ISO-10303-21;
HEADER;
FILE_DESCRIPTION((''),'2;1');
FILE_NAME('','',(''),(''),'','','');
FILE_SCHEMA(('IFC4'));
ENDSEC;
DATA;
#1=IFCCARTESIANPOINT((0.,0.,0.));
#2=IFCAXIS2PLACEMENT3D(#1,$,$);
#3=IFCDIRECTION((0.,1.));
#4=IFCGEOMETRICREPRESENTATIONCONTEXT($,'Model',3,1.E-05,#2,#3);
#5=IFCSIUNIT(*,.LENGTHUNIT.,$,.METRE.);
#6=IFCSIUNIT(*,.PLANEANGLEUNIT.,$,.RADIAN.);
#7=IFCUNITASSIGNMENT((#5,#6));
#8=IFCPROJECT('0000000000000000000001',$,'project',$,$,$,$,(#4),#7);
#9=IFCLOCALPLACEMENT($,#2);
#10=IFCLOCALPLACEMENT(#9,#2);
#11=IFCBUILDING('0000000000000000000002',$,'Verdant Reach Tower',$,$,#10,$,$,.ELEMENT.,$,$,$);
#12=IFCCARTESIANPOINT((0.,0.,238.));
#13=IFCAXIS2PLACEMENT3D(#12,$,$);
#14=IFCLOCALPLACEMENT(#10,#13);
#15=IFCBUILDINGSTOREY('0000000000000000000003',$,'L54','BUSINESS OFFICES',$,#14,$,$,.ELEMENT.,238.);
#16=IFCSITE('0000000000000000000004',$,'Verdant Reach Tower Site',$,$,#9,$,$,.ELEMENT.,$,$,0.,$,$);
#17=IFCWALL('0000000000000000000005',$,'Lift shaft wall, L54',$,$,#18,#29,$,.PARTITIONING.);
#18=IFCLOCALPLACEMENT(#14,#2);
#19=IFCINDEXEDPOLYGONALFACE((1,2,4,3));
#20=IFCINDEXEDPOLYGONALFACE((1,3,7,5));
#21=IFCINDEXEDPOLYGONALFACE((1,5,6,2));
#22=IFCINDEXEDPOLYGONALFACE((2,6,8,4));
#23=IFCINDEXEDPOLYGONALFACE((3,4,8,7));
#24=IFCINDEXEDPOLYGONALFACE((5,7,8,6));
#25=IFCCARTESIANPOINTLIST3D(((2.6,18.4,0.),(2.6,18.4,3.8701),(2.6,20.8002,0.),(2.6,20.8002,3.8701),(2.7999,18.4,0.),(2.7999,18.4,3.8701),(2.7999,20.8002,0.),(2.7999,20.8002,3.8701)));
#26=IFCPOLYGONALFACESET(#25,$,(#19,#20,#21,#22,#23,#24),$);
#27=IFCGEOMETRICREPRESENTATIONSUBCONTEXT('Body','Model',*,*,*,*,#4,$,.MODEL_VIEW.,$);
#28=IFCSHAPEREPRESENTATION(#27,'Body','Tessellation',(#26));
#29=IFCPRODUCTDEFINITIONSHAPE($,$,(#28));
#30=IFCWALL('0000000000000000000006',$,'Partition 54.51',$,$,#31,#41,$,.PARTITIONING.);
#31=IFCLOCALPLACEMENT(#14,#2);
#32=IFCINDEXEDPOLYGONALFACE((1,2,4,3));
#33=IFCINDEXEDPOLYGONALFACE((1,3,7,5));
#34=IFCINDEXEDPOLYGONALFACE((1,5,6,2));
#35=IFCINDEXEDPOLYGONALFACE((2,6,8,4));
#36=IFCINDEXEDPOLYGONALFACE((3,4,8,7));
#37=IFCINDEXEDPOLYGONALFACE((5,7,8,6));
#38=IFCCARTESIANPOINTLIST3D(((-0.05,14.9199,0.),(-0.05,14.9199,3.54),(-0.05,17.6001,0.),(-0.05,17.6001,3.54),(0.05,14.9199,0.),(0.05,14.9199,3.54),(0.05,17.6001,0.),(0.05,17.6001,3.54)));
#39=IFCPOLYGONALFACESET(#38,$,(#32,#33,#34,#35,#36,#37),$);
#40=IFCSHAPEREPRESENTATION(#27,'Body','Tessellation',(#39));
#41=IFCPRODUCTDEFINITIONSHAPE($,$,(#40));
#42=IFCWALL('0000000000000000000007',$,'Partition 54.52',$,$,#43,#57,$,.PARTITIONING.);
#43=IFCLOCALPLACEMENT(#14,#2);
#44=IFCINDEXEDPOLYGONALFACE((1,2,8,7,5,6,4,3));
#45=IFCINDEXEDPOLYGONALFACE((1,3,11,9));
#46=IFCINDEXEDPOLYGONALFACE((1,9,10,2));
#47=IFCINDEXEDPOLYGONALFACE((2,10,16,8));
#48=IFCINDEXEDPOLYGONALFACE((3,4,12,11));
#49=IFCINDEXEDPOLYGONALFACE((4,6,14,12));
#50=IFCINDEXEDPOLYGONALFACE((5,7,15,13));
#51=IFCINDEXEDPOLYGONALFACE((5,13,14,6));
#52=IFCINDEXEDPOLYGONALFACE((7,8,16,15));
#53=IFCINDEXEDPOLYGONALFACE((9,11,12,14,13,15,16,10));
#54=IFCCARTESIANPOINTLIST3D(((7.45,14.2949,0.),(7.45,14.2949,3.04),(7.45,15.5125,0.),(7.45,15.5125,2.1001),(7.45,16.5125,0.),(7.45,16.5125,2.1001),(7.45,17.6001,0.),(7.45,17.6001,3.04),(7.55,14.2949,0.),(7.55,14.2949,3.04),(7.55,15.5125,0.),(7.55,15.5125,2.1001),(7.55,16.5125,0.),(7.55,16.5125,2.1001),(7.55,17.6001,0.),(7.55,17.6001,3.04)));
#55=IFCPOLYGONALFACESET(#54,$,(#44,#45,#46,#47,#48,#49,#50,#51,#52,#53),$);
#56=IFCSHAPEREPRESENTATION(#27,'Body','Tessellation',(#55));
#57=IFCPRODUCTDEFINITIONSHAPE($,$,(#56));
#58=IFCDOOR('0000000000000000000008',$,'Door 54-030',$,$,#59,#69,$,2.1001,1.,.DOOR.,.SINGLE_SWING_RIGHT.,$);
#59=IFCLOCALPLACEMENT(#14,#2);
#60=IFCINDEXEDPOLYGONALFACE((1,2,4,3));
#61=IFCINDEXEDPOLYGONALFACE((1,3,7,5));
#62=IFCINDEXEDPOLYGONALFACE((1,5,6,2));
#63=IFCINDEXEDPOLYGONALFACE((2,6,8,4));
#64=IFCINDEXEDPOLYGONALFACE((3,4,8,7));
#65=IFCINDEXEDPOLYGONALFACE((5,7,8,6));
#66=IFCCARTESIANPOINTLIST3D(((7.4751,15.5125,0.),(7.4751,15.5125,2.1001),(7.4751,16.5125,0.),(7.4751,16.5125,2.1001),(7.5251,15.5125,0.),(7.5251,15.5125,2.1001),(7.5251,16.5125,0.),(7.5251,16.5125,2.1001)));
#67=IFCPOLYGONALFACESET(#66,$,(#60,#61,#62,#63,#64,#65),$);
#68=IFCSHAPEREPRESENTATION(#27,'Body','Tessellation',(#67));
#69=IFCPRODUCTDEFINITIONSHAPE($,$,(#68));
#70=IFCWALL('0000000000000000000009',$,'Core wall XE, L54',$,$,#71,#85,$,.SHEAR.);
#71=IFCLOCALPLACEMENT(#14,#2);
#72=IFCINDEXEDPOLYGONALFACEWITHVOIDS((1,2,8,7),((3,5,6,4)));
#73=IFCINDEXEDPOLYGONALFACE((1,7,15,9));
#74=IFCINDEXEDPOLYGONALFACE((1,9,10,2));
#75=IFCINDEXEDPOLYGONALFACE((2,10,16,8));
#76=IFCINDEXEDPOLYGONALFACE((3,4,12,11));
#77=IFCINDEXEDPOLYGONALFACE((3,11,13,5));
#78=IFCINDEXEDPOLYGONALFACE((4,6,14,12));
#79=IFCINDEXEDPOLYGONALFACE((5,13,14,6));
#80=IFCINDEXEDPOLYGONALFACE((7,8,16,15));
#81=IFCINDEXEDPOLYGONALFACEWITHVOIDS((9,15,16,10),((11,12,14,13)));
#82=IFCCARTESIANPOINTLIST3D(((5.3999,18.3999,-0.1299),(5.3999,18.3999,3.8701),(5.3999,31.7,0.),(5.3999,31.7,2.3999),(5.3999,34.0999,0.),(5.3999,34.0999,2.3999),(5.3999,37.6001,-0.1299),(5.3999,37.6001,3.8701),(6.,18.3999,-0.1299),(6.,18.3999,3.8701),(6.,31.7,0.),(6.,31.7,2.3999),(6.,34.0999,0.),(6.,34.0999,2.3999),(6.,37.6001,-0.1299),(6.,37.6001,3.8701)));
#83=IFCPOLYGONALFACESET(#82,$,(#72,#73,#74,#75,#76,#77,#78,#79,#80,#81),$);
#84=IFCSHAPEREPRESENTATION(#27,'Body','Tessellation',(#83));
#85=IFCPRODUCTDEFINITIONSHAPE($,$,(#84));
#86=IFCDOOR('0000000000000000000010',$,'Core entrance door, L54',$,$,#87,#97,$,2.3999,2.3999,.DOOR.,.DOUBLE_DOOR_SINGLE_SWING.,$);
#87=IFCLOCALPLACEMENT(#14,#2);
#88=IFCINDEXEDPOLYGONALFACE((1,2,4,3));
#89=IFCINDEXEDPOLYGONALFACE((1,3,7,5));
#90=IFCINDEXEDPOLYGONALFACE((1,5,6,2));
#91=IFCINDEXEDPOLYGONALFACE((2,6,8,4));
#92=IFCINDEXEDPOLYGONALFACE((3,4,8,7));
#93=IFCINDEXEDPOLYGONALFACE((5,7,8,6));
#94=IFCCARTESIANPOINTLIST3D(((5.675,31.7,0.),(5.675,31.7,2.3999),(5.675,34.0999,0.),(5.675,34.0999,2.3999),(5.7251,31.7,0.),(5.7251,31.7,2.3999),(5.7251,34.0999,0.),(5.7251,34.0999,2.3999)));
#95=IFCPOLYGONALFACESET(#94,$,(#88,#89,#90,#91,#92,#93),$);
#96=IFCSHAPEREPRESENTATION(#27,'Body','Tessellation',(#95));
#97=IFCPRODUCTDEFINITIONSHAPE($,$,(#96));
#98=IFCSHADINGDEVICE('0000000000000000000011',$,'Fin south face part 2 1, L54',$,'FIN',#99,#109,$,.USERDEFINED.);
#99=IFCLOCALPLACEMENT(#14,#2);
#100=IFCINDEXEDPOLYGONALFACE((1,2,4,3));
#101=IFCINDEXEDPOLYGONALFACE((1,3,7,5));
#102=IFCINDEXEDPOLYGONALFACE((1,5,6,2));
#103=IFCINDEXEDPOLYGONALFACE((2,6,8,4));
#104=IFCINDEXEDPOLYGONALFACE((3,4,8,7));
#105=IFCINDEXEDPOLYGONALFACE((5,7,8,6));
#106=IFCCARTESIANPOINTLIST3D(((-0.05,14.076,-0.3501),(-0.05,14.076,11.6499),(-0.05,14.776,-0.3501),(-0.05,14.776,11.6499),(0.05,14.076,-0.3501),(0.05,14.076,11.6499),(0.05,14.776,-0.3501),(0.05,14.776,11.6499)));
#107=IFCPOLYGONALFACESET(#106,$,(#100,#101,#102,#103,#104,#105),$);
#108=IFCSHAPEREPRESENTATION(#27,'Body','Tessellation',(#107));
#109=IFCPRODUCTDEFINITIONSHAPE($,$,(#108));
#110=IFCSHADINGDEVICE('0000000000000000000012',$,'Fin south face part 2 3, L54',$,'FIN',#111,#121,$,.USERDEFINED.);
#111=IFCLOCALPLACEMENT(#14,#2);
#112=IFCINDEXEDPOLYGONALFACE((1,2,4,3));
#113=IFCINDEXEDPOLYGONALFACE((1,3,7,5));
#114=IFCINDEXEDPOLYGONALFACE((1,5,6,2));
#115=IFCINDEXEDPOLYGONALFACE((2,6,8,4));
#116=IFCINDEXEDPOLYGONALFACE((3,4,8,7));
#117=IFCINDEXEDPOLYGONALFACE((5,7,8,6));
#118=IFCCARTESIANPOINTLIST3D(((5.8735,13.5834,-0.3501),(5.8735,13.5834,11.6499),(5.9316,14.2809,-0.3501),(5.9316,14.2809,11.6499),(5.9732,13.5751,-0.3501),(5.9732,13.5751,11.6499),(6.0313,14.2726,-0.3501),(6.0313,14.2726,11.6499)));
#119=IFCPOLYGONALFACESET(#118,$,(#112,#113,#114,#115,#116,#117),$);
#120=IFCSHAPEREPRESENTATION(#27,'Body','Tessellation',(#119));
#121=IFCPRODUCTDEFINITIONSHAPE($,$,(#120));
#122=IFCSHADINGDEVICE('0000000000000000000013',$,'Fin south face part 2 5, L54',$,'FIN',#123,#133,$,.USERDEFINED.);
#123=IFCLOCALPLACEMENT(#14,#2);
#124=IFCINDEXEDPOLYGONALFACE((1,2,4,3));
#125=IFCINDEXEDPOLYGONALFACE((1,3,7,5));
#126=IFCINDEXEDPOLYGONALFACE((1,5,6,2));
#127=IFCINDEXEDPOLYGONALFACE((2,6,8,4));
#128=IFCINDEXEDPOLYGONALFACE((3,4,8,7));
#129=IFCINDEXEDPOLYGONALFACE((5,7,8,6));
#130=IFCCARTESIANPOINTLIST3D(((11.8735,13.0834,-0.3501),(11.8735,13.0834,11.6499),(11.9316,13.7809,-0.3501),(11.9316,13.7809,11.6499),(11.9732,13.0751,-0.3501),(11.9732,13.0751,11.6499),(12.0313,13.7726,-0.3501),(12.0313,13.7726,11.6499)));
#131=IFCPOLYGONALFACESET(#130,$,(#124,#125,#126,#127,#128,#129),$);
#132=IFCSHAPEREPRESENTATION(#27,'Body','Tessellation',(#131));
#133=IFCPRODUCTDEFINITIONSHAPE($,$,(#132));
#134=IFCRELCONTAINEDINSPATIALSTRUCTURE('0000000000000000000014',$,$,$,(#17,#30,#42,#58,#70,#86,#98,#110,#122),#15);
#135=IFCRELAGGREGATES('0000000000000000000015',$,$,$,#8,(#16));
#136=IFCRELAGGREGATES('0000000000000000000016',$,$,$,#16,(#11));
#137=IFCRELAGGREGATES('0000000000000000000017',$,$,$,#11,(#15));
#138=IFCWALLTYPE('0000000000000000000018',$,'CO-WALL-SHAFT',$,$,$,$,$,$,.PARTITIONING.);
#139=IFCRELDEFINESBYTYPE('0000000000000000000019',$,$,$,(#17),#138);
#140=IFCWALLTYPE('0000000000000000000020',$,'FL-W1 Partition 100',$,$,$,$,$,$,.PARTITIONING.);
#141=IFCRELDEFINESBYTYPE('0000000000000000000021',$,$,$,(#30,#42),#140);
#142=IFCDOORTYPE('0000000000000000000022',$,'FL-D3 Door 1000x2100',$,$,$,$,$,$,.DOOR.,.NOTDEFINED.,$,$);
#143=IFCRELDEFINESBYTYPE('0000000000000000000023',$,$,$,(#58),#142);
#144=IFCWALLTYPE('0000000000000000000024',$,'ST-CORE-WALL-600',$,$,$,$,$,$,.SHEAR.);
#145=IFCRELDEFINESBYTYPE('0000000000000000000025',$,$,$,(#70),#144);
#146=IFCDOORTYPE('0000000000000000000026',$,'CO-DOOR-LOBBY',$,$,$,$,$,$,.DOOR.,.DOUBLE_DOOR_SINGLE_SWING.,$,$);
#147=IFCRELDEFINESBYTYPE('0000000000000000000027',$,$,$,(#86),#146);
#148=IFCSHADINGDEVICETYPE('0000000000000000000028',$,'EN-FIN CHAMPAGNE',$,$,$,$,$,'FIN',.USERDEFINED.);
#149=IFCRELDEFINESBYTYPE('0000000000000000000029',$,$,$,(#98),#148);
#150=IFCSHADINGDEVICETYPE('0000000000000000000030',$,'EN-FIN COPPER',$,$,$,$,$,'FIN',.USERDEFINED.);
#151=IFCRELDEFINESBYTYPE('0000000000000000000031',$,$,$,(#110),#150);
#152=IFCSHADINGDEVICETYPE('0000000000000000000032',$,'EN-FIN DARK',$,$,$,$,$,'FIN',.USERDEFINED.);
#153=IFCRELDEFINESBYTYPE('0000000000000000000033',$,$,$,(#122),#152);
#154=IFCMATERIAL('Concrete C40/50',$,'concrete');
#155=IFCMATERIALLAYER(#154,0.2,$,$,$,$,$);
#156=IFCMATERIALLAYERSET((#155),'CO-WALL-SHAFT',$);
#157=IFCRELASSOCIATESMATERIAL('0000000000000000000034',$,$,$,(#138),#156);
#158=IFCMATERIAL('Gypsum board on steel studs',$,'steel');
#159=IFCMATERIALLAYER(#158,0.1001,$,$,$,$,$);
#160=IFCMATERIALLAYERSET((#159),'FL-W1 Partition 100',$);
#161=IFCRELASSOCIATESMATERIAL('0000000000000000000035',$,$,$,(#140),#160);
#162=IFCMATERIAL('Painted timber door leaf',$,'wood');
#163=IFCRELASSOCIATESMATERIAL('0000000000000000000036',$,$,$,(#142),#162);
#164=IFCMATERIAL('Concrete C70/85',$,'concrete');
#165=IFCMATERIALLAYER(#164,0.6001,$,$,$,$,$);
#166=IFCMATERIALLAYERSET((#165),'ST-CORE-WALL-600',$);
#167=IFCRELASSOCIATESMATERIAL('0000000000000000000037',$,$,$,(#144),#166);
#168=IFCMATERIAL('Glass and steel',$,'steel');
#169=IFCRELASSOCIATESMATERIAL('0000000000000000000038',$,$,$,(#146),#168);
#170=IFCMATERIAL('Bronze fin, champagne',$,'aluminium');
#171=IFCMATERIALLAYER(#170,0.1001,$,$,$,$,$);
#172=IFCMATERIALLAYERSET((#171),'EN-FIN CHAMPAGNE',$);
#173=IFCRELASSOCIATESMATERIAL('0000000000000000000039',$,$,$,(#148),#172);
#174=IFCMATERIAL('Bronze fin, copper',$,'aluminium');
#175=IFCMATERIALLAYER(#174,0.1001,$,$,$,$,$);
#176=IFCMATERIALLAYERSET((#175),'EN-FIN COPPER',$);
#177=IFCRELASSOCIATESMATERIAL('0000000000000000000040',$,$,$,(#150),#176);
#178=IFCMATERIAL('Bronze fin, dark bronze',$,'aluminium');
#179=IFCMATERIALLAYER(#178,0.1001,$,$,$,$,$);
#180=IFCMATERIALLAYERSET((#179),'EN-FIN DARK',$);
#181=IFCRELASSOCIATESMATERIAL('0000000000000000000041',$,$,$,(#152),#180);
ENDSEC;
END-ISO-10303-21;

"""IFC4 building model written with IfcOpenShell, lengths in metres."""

from ifc_helpers import new_model, si_unit, direction, frame, frame_2d, origin, origin_2d, place, context, subcontext, project, spatial, rectangle, extrude, material, layer, layer_set, type_object, element, fill, save


model = new_model("IFC4")

# Units and contexts
model_context = context("Model", 3, precision=1e-05, world=origin(), true_north=direction((0.0, 1.0)))
body_context = subcontext(model_context, "Body", "Model", "MODEL_VIEW")
ifc_project = project(units=[si_unit("LENGTHUNIT", "METRE"), si_unit("PLANEANGLEUNIT", "RADIAN")], contexts=[model_context])

# Site, building, storey
site_placement = place(None, origin())
site = spatial("IfcSite", under=ifc_project, at=site_placement, Name="Verdant Reach Tower Site", CompositionType="ELEMENT", RefElevation=0.0)
building_placement = place(site_placement, origin())
building = spatial("IfcBuilding", under=site, at=building_placement, Name="Verdant Reach Tower", CompositionType="ELEMENT")
storey_placement = place(building_placement, frame((0.0, 0.0, 238.0)))
storey = spatial("IfcBuildingStorey", under=building, at=storey_placement, Name="L54", Description="BUSINESS OFFICES", CompositionType="ELEMENT", Elevation=238.0)

# Shared definitions
ifc_material_1 = material(Name="Concrete C40/50", Category="concrete")

# Walls
ifc_layer_1 = layer(ifc_material_1, 0.2)
ifc_layer_set_1 = layer_set([ifc_layer_1], Name="CO-WALL-SHAFT")
wall_type_1 = type_object("IfcWallType", Name="CO-WALL-SHAFT", PredefinedType="PARTITIONING", material=ifc_layer_set_1)
for number, where, z_axis, x_axis, name in (
    (1, (2.7, 18.3999, 0.0), (0.0, 0.0, 1.0), (0.0, 1.0, 0.0), "Lift shaft wall, L54"),
):
    element("IfcWall", number, at=place(storey_placement, frame(where, z_axis=z_axis, x_axis=x_axis)), inside=storey, type_object=wall_type_1, Name=name, PredefinedType="PARTITIONING", context=body_context, shape_type="SweptSolid", body=[
        extrude(rectangle(XDim=2.4001, YDim=0.2, at=frame_2d((1.2002, 0.0))), origin(), (0.0, 0.0, 1.0), 3.8701),
    ])
ifc_material_2 = material(Name="Gypsum board on steel studs", Category="steel")
ifc_layer_2 = layer(ifc_material_2, 0.1001)
ifc_layer_set_2 = layer_set([ifc_layer_2], Name="FL-W1 Partition 100")
wall_type_2 = type_object("IfcWallType", Name="FL-W1 Partition 100", PredefinedType="PARTITIONING", material=ifc_layer_set_2)
wall_1_placement = place(storey_placement, frame((0.0, 14.9199, 0.0), z_axis=(0.0, 0.0, 1.0), x_axis=(0.0, 1.0, 0.0)))
element("IfcWall", 2, at=wall_1_placement, inside=storey, type_object=wall_type_2, Name="Partition 54.51", PredefinedType="PARTITIONING", context=body_context, shape_type="SweptSolid", body=[
    extrude(rectangle(XDim=2.6802, YDim=0.1001, at=frame_2d((1.3401, 0.0))), origin(), (0.0, 0.0, 1.0), 3.54),
])

# Walls, openings, doors
wall_2_placement = place(storey_placement, frame((7.5, 14.2949, 0.0), z_axis=(0.0, 0.0, 1.0), x_axis=(0.0, 1.0, 0.0)))
wall_2 = element("IfcWall", 3, at=wall_2_placement, inside=storey, type_object=wall_type_2, Name="Partition 54.52", PredefinedType="PARTITIONING", context=body_context, shape_type="SweptSolid", body=[
    extrude(rectangle(XDim=3.3052, YDim=0.1001, at=frame_2d((1.6526, 0.0))), origin(), (0.0, 0.0, 1.0), 3.04),
])
opening_1_placement = place(wall_2_placement, frame((1.2175, 0.0, 0.0)))
opening_1 = element("IfcOpeningElement", 4, at=opening_1_placement, cuts=wall_2, PredefinedType="OPENING", context=body_context, shape_type="SweptSolid", body=[
    extrude(rectangle(XDim=1.0, YDim=2.1001, at=frame_2d((0.5, 1.05))), frame((0.0, 0.0601, 0.0), z_axis=(0.0, -1.0, 0.0), x_axis=(1.0, 0.0, 0.0)), (0.0, 0.0, 1.0), 0.1201),
])
ifc_material_3 = material(Name="Painted timber door leaf", Category="wood")
door_type_1 = type_object("IfcDoorType", Name="FL-D3 Door 1000x2100", OperationType="NOTDEFINED", PredefinedType="DOOR", material=ifc_material_3)
door_1_placement = place(opening_1_placement, origin())
door_1 = element("IfcDoor", 5, at=door_1_placement, inside=storey, type_object=door_type_1, Name="Door 54-030", OperationType="SINGLE_SWING_RIGHT", OverallHeight=2.1001, OverallWidth=1.0, PredefinedType="DOOR", context=body_context, shape_type="SweptSolid", body=[
    extrude(rectangle(XDim=1.0, YDim=2.1001, at=frame_2d((0.5, 1.05))), frame((0.0, 0.0249, 0.0), z_axis=(0.0, -1.0, 0.0), x_axis=(1.0, 0.0, 0.0)), (0.0, 0.0, 1.0), 0.05),
])
fill(opening_1, door_1)
ifc_material_4 = material(Name="Concrete C70/85", Category="concrete")
ifc_layer_3 = layer(ifc_material_4, 0.6001)
ifc_layer_set_3 = layer_set([ifc_layer_3], Name="ST-CORE-WALL-600")
wall_type_3 = type_object("IfcWallType", Name="ST-CORE-WALL-600", PredefinedType="SHEAR", material=ifc_layer_set_3)
wall_3_placement = place(storey_placement, frame((5.7, 18.3999, -0.1299), z_axis=(0.0, 0.0, 1.0), x_axis=(0.0, 1.0, 0.0)))
wall_3 = element("IfcWall", 6, at=wall_3_placement, inside=storey, type_object=wall_type_3, Name="Core wall XE, L54", PredefinedType="SHEAR", context=body_context, shape_type="SweptSolid", body=[
    extrude(rectangle(XDim=19.2002, YDim=0.6001, at=frame_2d((9.6001, 0.0))), origin(), (0.0, 0.0, 1.0), 4.0),
])
opening_2_placement = place(wall_3_placement, frame((13.3, 0.0, 0.1299)))
opening_2 = element("IfcOpeningElement", 7, at=opening_2_placement, cuts=wall_3, PredefinedType="OPENING", context=body_context, shape_type="SweptSolid", body=[
    extrude(rectangle(XDim=2.3999, YDim=2.3999, at=frame_2d((1.2, 1.2))), frame((0.0, 0.3101, 0.0), z_axis=(0.0, -1.0, 0.0), x_axis=(1.0, 0.0, 0.0)), (0.0, 0.0, 1.0), 0.6201),
])
ifc_material_5 = material(Name="Glass and steel", Category="steel")
door_type_2 = type_object("IfcDoorType", Name="CO-DOOR-LOBBY", OperationType="DOUBLE_DOOR_SINGLE_SWING", PredefinedType="DOOR", material=ifc_material_5)
door_2_placement = place(opening_2_placement, origin())
door_2 = element("IfcDoor", 8, at=door_2_placement, inside=storey, type_object=door_type_2, Name="Core entrance door, L54", OperationType="DOUBLE_DOOR_SINGLE_SWING", OverallHeight=2.3999, OverallWidth=2.3999, PredefinedType="DOOR", context=body_context, shape_type="SweptSolid", body=[
    extrude(rectangle(XDim=2.3999, YDim=2.3999, at=frame_2d((1.2, 1.2))), frame((0.0, 0.0249, 0.0), z_axis=(0.0, -1.0, 0.0), x_axis=(1.0, 0.0, 0.0)), (0.0, 0.0, 1.0), 0.05),
])
fill(opening_2, door_2)

# Shading devices
ifc_material_6 = material(Name="Bronze fin, champagne", Category="aluminium")
ifc_layer_4 = layer(ifc_material_6, 0.1001)
ifc_layer_set_4 = layer_set([ifc_layer_4], Name="EN-FIN CHAMPAGNE")
shading_device_type_1 = type_object("IfcShadingDeviceType", Name="EN-FIN CHAMPAGNE", ElementType="FIN", PredefinedType="USERDEFINED", material=ifc_layer_set_4)
shading_device_1_placement = place(storey_placement, frame((0.0, 14.426, -0.3501), z_axis=(0.0, 0.0, 1.0), x_axis=(1.0, 0.0, 0.0)))
element("IfcShadingDevice", 9, at=shading_device_1_placement, inside=storey, type_object=shading_device_type_1, Name="Fin south face part 2 1, L54", ObjectType="FIN", PredefinedType="USERDEFINED", context=body_context, shape_type="SweptSolid", body=[
    extrude(rectangle(XDim=0.1001, YDim=0.7, at=origin_2d()), origin(), (0.0, 0.0, 1.0), 12.0),
])
ifc_material_7 = material(Name="Bronze fin, copper", Category="aluminium")
ifc_layer_5 = layer(ifc_material_7, 0.1001)
ifc_layer_set_5 = layer_set([ifc_layer_5], Name="EN-FIN COPPER")
shading_device_type_2 = type_object("IfcShadingDeviceType", Name="EN-FIN COPPER", ElementType="FIN", PredefinedType="USERDEFINED", material=ifc_layer_set_5)
shading_device_2_placement = place(storey_placement, frame((5.9524, 13.928, -0.3501), z_axis=(0.0, 0.0, 1.0), x_axis=(0.996546, -0.083045, 0.0)))
element("IfcShadingDevice", 10, at=shading_device_2_placement, inside=storey, type_object=shading_device_type_2, Name="Fin south face part 2 3, L54", ObjectType="FIN", PredefinedType="USERDEFINED", context=body_context, shape_type="SweptSolid", body=[
    extrude(rectangle(XDim=0.1001, YDim=0.7, at=origin_2d()), origin(), (0.0, 0.0, 1.0), 12.0),
])
ifc_material_8 = material(Name="Bronze fin, dark bronze", Category="aluminium")
ifc_layer_6 = layer(ifc_material_8, 0.1001)
ifc_layer_set_6 = layer_set([ifc_layer_6], Name="EN-FIN DARK")
shading_device_type_3 = type_object("IfcShadingDeviceType", Name="EN-FIN DARK", ElementType="FIN", PredefinedType="USERDEFINED", material=ifc_layer_set_6)
shading_device_3_placement = place(storey_placement, frame((11.9524, 13.428, -0.3501), z_axis=(0.0, 0.0, 1.0), x_axis=(0.996546, -0.083045, 0.0)))
element("IfcShadingDevice", 11, at=shading_device_3_placement, inside=storey, type_object=shading_device_type_3, Name="Fin south face part 2 5, L54", ObjectType="FIN", PredefinedType="USERDEFINED", context=body_context, shape_type="SweptSolid", body=[
    extrude(rectangle(XDim=0.1001, YDim=0.7, at=origin_2d()), origin(), (0.0, 0.0, 1.0), 12.0),
])

save(model, "model.ifc")
